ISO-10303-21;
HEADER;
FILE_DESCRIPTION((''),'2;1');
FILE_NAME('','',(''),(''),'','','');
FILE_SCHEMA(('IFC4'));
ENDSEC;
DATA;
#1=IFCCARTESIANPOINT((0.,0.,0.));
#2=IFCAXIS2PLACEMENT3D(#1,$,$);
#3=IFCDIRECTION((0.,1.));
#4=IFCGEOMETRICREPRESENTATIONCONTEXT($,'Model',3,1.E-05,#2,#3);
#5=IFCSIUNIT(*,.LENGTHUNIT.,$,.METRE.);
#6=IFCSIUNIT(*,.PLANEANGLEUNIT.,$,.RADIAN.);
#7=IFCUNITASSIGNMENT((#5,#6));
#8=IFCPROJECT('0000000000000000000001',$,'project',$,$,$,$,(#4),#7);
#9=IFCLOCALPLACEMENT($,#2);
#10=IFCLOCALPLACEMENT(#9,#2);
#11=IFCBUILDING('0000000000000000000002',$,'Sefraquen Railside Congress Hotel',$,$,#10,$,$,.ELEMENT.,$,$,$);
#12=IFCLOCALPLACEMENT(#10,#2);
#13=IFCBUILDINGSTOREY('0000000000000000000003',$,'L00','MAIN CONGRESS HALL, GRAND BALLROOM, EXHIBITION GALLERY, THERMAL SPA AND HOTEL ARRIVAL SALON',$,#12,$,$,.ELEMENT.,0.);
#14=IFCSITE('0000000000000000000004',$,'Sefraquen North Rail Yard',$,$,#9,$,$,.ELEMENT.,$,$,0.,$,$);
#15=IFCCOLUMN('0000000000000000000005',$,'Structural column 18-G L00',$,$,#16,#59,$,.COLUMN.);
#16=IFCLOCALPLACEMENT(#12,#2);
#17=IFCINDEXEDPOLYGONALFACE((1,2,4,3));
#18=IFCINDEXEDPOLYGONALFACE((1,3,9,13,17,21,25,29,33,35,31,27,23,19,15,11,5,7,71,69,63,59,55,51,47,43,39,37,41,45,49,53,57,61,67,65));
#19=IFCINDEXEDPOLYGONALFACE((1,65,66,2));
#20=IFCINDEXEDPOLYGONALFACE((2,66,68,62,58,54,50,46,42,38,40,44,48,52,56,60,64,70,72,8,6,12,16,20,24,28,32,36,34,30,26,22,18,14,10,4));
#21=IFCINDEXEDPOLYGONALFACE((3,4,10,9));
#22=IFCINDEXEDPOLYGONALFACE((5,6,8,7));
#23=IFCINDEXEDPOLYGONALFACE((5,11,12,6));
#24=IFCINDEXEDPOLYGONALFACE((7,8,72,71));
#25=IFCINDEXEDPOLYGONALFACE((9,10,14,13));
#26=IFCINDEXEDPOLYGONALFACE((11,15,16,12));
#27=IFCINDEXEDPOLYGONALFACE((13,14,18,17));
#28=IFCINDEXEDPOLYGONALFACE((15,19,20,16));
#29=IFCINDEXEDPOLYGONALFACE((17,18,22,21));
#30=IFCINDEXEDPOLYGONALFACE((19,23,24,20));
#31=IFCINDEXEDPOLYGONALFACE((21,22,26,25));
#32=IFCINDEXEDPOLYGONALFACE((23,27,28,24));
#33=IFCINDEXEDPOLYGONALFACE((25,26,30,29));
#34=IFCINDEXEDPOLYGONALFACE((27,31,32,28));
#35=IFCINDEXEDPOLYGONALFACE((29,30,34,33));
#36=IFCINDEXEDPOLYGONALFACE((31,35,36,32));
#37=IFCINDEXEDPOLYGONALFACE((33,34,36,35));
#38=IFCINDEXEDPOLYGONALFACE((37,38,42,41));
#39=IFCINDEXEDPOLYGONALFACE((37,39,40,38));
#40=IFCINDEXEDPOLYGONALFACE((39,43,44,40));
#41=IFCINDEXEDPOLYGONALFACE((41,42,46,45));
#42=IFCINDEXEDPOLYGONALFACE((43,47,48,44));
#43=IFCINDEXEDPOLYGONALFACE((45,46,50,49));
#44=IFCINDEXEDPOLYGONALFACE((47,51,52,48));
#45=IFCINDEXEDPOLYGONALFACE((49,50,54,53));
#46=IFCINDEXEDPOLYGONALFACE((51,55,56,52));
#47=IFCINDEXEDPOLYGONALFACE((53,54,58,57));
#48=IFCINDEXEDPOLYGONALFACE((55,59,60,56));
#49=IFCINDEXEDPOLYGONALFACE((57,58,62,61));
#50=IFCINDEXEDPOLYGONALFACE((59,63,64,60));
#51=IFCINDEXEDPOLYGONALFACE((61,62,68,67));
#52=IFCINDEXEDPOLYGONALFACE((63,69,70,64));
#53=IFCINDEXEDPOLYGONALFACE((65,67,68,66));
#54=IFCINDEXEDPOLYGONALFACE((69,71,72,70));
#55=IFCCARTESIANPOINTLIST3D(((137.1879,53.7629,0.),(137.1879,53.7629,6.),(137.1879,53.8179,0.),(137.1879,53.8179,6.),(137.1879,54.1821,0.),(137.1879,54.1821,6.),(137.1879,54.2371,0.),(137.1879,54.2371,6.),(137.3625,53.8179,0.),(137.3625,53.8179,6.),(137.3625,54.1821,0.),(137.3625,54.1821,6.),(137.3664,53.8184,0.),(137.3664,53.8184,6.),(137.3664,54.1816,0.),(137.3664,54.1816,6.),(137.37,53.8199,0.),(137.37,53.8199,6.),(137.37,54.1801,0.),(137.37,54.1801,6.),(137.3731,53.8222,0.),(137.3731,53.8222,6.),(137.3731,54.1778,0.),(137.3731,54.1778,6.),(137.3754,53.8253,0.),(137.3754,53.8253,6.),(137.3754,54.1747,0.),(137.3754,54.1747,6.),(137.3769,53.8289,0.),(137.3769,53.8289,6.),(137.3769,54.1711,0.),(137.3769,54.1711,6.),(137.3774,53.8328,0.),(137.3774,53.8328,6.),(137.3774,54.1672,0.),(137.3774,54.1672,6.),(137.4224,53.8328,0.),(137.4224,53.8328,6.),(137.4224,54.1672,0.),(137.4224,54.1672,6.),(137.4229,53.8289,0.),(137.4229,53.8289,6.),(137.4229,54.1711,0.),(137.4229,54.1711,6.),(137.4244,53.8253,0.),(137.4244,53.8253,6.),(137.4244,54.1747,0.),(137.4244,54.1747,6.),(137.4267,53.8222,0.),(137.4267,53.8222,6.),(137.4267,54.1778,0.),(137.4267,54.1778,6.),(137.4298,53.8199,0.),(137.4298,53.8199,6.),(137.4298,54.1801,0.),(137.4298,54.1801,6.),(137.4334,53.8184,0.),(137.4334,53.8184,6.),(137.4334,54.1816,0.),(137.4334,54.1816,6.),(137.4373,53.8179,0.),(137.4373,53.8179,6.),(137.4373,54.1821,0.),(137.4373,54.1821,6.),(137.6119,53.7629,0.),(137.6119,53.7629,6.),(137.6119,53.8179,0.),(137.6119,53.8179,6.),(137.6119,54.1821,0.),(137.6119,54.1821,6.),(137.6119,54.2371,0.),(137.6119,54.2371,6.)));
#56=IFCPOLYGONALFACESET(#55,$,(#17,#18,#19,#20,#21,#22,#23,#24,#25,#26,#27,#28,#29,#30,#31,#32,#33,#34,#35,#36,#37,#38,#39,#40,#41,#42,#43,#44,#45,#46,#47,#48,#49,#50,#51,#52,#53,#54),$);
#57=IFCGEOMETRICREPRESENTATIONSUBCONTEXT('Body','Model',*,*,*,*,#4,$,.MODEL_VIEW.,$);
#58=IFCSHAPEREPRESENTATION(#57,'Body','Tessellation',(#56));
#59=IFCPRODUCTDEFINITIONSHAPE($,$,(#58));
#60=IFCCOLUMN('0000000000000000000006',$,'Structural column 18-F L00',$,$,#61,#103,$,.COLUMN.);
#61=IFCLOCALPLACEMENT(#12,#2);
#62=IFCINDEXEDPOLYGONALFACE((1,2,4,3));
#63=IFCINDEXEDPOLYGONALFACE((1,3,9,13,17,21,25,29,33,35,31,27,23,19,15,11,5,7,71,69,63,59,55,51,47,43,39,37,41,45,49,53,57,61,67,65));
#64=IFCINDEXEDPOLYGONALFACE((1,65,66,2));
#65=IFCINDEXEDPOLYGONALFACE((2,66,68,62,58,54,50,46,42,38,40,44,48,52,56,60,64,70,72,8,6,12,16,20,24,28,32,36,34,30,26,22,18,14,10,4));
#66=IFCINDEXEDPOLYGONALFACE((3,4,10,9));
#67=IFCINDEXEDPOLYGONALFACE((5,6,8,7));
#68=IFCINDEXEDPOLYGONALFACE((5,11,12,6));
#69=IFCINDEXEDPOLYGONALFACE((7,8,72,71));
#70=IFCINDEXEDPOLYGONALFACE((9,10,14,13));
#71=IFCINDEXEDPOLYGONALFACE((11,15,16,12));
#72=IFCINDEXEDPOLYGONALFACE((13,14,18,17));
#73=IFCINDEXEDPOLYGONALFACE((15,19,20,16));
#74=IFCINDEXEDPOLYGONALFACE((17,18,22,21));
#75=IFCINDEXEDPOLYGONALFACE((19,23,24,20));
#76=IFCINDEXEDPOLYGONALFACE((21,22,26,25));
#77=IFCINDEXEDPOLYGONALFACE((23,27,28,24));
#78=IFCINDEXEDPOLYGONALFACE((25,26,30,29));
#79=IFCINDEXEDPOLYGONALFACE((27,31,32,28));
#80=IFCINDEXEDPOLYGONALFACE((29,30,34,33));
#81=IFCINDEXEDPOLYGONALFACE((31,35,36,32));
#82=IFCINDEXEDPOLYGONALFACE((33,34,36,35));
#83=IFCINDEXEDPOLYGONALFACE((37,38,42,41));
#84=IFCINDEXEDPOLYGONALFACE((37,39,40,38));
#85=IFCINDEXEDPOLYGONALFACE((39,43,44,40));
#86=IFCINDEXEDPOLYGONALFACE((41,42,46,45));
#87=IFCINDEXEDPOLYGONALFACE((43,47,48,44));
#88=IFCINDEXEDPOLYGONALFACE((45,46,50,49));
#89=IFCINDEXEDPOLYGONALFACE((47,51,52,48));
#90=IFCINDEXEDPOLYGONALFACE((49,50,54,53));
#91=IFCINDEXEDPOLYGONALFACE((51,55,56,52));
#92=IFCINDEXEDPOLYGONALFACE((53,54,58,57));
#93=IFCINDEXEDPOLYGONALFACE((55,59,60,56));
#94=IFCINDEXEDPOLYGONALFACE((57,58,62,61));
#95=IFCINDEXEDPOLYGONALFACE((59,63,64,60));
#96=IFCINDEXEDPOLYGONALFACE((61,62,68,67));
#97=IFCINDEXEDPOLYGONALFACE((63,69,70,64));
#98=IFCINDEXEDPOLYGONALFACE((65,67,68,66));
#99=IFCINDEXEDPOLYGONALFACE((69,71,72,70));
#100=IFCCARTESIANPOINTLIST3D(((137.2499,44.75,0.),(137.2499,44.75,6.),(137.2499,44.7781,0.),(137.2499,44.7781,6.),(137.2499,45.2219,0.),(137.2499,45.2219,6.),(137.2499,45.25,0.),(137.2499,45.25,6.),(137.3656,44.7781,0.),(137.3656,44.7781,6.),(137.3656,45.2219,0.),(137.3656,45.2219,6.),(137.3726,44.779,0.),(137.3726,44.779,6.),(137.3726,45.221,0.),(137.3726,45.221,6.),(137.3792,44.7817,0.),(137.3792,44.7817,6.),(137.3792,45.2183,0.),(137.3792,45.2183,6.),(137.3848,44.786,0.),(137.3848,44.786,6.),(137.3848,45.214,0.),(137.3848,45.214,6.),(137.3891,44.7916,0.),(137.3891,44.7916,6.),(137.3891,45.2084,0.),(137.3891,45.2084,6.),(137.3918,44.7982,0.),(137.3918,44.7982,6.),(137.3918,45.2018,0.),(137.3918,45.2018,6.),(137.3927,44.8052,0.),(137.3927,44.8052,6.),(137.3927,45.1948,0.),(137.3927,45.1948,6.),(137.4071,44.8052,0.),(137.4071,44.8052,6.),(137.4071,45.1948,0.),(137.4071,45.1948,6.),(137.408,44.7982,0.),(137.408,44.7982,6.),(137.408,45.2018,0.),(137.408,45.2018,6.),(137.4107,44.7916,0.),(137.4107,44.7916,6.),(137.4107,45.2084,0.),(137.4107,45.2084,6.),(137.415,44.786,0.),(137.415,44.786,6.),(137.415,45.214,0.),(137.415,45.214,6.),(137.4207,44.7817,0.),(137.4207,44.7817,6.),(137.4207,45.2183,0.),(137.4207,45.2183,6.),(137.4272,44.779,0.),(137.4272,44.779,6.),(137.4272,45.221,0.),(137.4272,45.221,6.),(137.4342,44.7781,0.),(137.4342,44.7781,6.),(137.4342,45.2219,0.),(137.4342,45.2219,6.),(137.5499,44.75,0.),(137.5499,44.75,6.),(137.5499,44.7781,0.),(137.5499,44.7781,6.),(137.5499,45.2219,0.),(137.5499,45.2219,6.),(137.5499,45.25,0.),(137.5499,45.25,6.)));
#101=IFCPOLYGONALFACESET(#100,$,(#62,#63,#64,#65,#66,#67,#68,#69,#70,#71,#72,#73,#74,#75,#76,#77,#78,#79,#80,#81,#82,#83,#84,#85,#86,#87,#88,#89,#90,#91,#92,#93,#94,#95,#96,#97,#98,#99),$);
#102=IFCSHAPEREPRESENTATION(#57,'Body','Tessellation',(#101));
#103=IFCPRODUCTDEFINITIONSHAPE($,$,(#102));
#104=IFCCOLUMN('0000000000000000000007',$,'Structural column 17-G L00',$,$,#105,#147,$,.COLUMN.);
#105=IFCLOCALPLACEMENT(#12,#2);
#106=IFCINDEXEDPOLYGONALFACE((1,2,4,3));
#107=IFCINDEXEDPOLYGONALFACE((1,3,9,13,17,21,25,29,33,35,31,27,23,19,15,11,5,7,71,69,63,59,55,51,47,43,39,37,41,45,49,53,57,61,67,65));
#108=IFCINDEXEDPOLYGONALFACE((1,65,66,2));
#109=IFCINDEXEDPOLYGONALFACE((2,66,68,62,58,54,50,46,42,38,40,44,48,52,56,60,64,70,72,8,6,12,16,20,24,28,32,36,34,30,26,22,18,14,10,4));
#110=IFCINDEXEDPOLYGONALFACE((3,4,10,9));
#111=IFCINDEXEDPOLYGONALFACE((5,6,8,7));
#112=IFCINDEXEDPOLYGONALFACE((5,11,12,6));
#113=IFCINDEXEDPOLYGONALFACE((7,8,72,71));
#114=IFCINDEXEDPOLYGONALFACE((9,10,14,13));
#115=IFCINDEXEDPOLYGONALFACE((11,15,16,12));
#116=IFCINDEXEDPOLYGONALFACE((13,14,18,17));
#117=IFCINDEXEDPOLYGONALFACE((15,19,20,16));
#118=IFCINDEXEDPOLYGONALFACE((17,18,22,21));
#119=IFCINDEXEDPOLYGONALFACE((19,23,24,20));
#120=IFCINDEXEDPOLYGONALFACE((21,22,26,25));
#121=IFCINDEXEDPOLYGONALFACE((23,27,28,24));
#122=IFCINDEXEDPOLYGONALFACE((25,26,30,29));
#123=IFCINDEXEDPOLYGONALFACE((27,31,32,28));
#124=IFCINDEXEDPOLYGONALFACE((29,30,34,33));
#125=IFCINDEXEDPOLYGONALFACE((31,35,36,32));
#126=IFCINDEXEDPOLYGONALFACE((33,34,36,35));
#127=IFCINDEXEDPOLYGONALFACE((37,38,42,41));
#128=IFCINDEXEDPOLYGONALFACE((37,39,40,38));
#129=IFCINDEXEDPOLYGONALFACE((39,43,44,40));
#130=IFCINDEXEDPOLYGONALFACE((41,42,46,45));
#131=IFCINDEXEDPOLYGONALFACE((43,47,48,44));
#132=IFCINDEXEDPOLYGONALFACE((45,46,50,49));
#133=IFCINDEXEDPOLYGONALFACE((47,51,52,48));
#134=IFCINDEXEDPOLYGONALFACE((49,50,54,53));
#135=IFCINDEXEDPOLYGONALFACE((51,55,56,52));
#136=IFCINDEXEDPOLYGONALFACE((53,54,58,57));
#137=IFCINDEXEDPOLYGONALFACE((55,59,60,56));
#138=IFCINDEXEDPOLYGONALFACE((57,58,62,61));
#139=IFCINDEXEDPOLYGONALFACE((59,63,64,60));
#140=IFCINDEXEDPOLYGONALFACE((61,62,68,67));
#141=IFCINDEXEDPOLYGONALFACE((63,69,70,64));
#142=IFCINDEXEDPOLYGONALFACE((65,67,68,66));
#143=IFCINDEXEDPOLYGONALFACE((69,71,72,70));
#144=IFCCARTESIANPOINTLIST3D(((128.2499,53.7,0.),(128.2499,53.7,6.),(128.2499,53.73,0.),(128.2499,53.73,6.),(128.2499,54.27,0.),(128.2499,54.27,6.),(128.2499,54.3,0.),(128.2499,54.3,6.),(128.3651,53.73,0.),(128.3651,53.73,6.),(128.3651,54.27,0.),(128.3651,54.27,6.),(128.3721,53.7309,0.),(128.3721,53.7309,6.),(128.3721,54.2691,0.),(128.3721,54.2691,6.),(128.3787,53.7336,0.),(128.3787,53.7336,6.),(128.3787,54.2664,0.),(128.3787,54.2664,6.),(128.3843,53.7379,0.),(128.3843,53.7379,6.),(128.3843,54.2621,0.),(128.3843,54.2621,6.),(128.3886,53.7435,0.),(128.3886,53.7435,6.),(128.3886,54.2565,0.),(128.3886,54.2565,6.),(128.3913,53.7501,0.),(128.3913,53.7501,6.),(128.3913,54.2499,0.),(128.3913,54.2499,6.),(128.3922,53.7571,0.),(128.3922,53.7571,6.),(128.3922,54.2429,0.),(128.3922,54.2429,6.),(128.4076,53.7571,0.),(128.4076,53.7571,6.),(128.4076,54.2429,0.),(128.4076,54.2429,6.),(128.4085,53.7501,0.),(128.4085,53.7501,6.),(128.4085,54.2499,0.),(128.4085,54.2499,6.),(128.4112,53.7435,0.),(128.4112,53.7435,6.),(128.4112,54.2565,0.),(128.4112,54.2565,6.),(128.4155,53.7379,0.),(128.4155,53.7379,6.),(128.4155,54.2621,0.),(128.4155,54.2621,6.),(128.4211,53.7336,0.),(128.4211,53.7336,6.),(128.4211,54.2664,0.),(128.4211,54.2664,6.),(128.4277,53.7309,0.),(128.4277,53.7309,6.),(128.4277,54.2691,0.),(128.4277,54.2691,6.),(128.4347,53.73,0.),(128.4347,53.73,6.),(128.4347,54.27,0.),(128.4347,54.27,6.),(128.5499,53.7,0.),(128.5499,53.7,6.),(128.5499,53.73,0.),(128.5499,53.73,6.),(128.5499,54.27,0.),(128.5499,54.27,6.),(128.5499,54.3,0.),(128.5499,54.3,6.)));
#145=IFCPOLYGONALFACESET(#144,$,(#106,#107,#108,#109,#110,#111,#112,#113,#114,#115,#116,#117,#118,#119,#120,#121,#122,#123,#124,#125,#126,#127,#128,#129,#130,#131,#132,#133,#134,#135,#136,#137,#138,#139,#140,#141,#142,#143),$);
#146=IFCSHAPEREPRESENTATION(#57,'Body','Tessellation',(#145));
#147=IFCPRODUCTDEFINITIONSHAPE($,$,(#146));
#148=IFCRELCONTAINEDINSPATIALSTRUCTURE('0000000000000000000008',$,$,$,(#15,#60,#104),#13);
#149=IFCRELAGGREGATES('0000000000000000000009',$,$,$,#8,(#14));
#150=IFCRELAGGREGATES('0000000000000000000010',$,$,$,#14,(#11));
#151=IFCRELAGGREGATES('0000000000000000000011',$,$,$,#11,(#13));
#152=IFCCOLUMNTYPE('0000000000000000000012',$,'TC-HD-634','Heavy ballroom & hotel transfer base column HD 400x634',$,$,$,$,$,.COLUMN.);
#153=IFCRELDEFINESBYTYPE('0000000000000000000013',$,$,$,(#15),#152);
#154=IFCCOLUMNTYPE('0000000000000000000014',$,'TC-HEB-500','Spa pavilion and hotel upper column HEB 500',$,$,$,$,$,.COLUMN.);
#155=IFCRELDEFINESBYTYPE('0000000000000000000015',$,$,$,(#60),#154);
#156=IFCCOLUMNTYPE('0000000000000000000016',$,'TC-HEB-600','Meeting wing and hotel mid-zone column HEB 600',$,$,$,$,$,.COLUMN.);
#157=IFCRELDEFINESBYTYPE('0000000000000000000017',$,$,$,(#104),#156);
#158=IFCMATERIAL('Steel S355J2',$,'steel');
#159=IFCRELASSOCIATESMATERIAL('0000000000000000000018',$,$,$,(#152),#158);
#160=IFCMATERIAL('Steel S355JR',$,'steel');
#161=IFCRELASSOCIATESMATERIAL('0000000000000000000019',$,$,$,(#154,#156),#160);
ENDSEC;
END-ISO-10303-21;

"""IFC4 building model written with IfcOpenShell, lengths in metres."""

from ifc_helpers import new_model, si_unit, direction, frame, origin, origin_2d, place, context, subcontext, project, spatial, i_section, extrude, material, material_profile, profile_set, type_object, element, save


model = new_model("IFC4")

# Units and contexts
model_context = context("Model", 3, precision=1e-05, world=origin(), true_north=direction((0.0, 1.0)))
body_context = subcontext(model_context, "Body", "Model", "MODEL_VIEW")
ifc_project = project(units=[si_unit("LENGTHUNIT", "METRE"), si_unit("PLANEANGLEUNIT", "RADIAN")], contexts=[model_context])

# Site, building, storey
site_placement = place(None, origin())
site = spatial("IfcSite", under=ifc_project, at=site_placement, Name="Sefraquen North Rail Yard", CompositionType="ELEMENT", RefElevation=0.0)
building_placement = place(site_placement, origin())
building = spatial("IfcBuilding", under=site, at=building_placement, Name="Sefraquen Railside Congress Hotel", CompositionType="ELEMENT")
storey_placement = place(building_placement, origin())
storey = spatial("IfcBuildingStorey", under=building, at=storey_placement, Name="L00", Description="MAIN CONGRESS HALL, GRAND BALLROOM, EXHIBITION GALLERY, THERMAL SPA AND HOTEL ARRIVAL SALON", CompositionType="ELEMENT", Elevation=0.0)

# Columns
ifc_material_1 = material(Name="Steel S355J2", Category="steel")
ifc_material_profile_1 = material_profile(ifc_material_1, i_section(OverallWidth=0.4241, OverallDepth=0.4741, WebThickness=0.0449, FlangeThickness=0.0549, FilletRadius=0.0149, at=origin_2d()), Name="HD 400x634")
ifc_profile_set_1 = profile_set([ifc_material_profile_1], Name="Steel S355J2")
column_type_1 = type_object("IfcColumnType", Name="TC-HD-634", Description="Heavy ballroom & hotel transfer base column HD 400x634", PredefinedType="COLUMN", material=ifc_profile_set_1)
column_1_placement = place(storey_placement, frame((137.3999, 54.0, 0.0), z_axis=(0.0, 0.0, 1.0), x_axis=(1.0, 0.0, 0.0)))
element("IfcColumn", 1, at=column_1_placement, inside=storey, type_object=column_type_1, Name="Structural column 18-G L00", PredefinedType="COLUMN", context=body_context, shape_type="SweptSolid", body=[
    extrude(i_section(OverallWidth=0.4241, OverallDepth=0.4741, WebThickness=0.0449, FlangeThickness=0.0549, FilletRadius=0.0149, at=origin_2d()), origin(), (0.0, 0.0, 1.0), 6.0),
])
ifc_material_2 = material(Name="Steel S355JR", Category="steel")
ifc_material_profile_2 = material_profile(ifc_material_2, i_section(OverallWidth=0.3, OverallDepth=0.5, WebThickness=0.0144, FlangeThickness=0.0281, FilletRadius=0.0271, at=origin_2d()), Name="HEB 500")
ifc_profile_set_2 = profile_set([ifc_material_profile_2], Name="Steel S355JR")
column_type_2 = type_object("IfcColumnType", Name="TC-HEB-500", Description="Spa pavilion and hotel upper column HEB 500", PredefinedType="COLUMN", material=ifc_profile_set_2)
column_2_placement = place(storey_placement, frame((137.3999, 45.0, 0.0), z_axis=(0.0, 0.0, 1.0), x_axis=(1.0, 0.0, 0.0)))
element("IfcColumn", 2, at=column_2_placement, inside=storey, type_object=column_type_2, Name="Structural column 18-F L00", PredefinedType="COLUMN", context=body_context, shape_type="SweptSolid", body=[
    extrude(i_section(OverallWidth=0.3, OverallDepth=0.5, WebThickness=0.0144, FlangeThickness=0.0281, FilletRadius=0.0271, at=origin_2d()), origin(), (0.0, 0.0, 1.0), 6.0),
])
ifc_material_profile_3 = material_profile(ifc_material_2, i_section(OverallWidth=0.3, OverallDepth=0.6001, WebThickness=0.0154, FlangeThickness=0.03, FilletRadius=0.0271, at=origin_2d()), Name="HEB 600")
ifc_profile_set_3 = profile_set([ifc_material_profile_3], Name="Steel S355JR")
column_type_3 = type_object("IfcColumnType", Name="TC-HEB-600", Description="Meeting wing and hotel mid-zone column HEB 600", PredefinedType="COLUMN", material=ifc_profile_set_3)
column_3_placement = place(storey_placement, frame((128.3999, 54.0, 0.0), z_axis=(0.0, 0.0, 1.0), x_axis=(1.0, 0.0, 0.0)))
element("IfcColumn", 3, at=column_3_placement, inside=storey, type_object=column_type_3, Name="Structural column 17-G L00", PredefinedType="COLUMN", context=body_context, shape_type="SweptSolid", body=[
    extrude(i_section(OverallWidth=0.3, OverallDepth=0.6001, WebThickness=0.0154, FlangeThickness=0.03, FilletRadius=0.0271, at=origin_2d()), origin(), (0.0, 0.0, 1.0), 6.0),
])

save(model, "model.ifc")
